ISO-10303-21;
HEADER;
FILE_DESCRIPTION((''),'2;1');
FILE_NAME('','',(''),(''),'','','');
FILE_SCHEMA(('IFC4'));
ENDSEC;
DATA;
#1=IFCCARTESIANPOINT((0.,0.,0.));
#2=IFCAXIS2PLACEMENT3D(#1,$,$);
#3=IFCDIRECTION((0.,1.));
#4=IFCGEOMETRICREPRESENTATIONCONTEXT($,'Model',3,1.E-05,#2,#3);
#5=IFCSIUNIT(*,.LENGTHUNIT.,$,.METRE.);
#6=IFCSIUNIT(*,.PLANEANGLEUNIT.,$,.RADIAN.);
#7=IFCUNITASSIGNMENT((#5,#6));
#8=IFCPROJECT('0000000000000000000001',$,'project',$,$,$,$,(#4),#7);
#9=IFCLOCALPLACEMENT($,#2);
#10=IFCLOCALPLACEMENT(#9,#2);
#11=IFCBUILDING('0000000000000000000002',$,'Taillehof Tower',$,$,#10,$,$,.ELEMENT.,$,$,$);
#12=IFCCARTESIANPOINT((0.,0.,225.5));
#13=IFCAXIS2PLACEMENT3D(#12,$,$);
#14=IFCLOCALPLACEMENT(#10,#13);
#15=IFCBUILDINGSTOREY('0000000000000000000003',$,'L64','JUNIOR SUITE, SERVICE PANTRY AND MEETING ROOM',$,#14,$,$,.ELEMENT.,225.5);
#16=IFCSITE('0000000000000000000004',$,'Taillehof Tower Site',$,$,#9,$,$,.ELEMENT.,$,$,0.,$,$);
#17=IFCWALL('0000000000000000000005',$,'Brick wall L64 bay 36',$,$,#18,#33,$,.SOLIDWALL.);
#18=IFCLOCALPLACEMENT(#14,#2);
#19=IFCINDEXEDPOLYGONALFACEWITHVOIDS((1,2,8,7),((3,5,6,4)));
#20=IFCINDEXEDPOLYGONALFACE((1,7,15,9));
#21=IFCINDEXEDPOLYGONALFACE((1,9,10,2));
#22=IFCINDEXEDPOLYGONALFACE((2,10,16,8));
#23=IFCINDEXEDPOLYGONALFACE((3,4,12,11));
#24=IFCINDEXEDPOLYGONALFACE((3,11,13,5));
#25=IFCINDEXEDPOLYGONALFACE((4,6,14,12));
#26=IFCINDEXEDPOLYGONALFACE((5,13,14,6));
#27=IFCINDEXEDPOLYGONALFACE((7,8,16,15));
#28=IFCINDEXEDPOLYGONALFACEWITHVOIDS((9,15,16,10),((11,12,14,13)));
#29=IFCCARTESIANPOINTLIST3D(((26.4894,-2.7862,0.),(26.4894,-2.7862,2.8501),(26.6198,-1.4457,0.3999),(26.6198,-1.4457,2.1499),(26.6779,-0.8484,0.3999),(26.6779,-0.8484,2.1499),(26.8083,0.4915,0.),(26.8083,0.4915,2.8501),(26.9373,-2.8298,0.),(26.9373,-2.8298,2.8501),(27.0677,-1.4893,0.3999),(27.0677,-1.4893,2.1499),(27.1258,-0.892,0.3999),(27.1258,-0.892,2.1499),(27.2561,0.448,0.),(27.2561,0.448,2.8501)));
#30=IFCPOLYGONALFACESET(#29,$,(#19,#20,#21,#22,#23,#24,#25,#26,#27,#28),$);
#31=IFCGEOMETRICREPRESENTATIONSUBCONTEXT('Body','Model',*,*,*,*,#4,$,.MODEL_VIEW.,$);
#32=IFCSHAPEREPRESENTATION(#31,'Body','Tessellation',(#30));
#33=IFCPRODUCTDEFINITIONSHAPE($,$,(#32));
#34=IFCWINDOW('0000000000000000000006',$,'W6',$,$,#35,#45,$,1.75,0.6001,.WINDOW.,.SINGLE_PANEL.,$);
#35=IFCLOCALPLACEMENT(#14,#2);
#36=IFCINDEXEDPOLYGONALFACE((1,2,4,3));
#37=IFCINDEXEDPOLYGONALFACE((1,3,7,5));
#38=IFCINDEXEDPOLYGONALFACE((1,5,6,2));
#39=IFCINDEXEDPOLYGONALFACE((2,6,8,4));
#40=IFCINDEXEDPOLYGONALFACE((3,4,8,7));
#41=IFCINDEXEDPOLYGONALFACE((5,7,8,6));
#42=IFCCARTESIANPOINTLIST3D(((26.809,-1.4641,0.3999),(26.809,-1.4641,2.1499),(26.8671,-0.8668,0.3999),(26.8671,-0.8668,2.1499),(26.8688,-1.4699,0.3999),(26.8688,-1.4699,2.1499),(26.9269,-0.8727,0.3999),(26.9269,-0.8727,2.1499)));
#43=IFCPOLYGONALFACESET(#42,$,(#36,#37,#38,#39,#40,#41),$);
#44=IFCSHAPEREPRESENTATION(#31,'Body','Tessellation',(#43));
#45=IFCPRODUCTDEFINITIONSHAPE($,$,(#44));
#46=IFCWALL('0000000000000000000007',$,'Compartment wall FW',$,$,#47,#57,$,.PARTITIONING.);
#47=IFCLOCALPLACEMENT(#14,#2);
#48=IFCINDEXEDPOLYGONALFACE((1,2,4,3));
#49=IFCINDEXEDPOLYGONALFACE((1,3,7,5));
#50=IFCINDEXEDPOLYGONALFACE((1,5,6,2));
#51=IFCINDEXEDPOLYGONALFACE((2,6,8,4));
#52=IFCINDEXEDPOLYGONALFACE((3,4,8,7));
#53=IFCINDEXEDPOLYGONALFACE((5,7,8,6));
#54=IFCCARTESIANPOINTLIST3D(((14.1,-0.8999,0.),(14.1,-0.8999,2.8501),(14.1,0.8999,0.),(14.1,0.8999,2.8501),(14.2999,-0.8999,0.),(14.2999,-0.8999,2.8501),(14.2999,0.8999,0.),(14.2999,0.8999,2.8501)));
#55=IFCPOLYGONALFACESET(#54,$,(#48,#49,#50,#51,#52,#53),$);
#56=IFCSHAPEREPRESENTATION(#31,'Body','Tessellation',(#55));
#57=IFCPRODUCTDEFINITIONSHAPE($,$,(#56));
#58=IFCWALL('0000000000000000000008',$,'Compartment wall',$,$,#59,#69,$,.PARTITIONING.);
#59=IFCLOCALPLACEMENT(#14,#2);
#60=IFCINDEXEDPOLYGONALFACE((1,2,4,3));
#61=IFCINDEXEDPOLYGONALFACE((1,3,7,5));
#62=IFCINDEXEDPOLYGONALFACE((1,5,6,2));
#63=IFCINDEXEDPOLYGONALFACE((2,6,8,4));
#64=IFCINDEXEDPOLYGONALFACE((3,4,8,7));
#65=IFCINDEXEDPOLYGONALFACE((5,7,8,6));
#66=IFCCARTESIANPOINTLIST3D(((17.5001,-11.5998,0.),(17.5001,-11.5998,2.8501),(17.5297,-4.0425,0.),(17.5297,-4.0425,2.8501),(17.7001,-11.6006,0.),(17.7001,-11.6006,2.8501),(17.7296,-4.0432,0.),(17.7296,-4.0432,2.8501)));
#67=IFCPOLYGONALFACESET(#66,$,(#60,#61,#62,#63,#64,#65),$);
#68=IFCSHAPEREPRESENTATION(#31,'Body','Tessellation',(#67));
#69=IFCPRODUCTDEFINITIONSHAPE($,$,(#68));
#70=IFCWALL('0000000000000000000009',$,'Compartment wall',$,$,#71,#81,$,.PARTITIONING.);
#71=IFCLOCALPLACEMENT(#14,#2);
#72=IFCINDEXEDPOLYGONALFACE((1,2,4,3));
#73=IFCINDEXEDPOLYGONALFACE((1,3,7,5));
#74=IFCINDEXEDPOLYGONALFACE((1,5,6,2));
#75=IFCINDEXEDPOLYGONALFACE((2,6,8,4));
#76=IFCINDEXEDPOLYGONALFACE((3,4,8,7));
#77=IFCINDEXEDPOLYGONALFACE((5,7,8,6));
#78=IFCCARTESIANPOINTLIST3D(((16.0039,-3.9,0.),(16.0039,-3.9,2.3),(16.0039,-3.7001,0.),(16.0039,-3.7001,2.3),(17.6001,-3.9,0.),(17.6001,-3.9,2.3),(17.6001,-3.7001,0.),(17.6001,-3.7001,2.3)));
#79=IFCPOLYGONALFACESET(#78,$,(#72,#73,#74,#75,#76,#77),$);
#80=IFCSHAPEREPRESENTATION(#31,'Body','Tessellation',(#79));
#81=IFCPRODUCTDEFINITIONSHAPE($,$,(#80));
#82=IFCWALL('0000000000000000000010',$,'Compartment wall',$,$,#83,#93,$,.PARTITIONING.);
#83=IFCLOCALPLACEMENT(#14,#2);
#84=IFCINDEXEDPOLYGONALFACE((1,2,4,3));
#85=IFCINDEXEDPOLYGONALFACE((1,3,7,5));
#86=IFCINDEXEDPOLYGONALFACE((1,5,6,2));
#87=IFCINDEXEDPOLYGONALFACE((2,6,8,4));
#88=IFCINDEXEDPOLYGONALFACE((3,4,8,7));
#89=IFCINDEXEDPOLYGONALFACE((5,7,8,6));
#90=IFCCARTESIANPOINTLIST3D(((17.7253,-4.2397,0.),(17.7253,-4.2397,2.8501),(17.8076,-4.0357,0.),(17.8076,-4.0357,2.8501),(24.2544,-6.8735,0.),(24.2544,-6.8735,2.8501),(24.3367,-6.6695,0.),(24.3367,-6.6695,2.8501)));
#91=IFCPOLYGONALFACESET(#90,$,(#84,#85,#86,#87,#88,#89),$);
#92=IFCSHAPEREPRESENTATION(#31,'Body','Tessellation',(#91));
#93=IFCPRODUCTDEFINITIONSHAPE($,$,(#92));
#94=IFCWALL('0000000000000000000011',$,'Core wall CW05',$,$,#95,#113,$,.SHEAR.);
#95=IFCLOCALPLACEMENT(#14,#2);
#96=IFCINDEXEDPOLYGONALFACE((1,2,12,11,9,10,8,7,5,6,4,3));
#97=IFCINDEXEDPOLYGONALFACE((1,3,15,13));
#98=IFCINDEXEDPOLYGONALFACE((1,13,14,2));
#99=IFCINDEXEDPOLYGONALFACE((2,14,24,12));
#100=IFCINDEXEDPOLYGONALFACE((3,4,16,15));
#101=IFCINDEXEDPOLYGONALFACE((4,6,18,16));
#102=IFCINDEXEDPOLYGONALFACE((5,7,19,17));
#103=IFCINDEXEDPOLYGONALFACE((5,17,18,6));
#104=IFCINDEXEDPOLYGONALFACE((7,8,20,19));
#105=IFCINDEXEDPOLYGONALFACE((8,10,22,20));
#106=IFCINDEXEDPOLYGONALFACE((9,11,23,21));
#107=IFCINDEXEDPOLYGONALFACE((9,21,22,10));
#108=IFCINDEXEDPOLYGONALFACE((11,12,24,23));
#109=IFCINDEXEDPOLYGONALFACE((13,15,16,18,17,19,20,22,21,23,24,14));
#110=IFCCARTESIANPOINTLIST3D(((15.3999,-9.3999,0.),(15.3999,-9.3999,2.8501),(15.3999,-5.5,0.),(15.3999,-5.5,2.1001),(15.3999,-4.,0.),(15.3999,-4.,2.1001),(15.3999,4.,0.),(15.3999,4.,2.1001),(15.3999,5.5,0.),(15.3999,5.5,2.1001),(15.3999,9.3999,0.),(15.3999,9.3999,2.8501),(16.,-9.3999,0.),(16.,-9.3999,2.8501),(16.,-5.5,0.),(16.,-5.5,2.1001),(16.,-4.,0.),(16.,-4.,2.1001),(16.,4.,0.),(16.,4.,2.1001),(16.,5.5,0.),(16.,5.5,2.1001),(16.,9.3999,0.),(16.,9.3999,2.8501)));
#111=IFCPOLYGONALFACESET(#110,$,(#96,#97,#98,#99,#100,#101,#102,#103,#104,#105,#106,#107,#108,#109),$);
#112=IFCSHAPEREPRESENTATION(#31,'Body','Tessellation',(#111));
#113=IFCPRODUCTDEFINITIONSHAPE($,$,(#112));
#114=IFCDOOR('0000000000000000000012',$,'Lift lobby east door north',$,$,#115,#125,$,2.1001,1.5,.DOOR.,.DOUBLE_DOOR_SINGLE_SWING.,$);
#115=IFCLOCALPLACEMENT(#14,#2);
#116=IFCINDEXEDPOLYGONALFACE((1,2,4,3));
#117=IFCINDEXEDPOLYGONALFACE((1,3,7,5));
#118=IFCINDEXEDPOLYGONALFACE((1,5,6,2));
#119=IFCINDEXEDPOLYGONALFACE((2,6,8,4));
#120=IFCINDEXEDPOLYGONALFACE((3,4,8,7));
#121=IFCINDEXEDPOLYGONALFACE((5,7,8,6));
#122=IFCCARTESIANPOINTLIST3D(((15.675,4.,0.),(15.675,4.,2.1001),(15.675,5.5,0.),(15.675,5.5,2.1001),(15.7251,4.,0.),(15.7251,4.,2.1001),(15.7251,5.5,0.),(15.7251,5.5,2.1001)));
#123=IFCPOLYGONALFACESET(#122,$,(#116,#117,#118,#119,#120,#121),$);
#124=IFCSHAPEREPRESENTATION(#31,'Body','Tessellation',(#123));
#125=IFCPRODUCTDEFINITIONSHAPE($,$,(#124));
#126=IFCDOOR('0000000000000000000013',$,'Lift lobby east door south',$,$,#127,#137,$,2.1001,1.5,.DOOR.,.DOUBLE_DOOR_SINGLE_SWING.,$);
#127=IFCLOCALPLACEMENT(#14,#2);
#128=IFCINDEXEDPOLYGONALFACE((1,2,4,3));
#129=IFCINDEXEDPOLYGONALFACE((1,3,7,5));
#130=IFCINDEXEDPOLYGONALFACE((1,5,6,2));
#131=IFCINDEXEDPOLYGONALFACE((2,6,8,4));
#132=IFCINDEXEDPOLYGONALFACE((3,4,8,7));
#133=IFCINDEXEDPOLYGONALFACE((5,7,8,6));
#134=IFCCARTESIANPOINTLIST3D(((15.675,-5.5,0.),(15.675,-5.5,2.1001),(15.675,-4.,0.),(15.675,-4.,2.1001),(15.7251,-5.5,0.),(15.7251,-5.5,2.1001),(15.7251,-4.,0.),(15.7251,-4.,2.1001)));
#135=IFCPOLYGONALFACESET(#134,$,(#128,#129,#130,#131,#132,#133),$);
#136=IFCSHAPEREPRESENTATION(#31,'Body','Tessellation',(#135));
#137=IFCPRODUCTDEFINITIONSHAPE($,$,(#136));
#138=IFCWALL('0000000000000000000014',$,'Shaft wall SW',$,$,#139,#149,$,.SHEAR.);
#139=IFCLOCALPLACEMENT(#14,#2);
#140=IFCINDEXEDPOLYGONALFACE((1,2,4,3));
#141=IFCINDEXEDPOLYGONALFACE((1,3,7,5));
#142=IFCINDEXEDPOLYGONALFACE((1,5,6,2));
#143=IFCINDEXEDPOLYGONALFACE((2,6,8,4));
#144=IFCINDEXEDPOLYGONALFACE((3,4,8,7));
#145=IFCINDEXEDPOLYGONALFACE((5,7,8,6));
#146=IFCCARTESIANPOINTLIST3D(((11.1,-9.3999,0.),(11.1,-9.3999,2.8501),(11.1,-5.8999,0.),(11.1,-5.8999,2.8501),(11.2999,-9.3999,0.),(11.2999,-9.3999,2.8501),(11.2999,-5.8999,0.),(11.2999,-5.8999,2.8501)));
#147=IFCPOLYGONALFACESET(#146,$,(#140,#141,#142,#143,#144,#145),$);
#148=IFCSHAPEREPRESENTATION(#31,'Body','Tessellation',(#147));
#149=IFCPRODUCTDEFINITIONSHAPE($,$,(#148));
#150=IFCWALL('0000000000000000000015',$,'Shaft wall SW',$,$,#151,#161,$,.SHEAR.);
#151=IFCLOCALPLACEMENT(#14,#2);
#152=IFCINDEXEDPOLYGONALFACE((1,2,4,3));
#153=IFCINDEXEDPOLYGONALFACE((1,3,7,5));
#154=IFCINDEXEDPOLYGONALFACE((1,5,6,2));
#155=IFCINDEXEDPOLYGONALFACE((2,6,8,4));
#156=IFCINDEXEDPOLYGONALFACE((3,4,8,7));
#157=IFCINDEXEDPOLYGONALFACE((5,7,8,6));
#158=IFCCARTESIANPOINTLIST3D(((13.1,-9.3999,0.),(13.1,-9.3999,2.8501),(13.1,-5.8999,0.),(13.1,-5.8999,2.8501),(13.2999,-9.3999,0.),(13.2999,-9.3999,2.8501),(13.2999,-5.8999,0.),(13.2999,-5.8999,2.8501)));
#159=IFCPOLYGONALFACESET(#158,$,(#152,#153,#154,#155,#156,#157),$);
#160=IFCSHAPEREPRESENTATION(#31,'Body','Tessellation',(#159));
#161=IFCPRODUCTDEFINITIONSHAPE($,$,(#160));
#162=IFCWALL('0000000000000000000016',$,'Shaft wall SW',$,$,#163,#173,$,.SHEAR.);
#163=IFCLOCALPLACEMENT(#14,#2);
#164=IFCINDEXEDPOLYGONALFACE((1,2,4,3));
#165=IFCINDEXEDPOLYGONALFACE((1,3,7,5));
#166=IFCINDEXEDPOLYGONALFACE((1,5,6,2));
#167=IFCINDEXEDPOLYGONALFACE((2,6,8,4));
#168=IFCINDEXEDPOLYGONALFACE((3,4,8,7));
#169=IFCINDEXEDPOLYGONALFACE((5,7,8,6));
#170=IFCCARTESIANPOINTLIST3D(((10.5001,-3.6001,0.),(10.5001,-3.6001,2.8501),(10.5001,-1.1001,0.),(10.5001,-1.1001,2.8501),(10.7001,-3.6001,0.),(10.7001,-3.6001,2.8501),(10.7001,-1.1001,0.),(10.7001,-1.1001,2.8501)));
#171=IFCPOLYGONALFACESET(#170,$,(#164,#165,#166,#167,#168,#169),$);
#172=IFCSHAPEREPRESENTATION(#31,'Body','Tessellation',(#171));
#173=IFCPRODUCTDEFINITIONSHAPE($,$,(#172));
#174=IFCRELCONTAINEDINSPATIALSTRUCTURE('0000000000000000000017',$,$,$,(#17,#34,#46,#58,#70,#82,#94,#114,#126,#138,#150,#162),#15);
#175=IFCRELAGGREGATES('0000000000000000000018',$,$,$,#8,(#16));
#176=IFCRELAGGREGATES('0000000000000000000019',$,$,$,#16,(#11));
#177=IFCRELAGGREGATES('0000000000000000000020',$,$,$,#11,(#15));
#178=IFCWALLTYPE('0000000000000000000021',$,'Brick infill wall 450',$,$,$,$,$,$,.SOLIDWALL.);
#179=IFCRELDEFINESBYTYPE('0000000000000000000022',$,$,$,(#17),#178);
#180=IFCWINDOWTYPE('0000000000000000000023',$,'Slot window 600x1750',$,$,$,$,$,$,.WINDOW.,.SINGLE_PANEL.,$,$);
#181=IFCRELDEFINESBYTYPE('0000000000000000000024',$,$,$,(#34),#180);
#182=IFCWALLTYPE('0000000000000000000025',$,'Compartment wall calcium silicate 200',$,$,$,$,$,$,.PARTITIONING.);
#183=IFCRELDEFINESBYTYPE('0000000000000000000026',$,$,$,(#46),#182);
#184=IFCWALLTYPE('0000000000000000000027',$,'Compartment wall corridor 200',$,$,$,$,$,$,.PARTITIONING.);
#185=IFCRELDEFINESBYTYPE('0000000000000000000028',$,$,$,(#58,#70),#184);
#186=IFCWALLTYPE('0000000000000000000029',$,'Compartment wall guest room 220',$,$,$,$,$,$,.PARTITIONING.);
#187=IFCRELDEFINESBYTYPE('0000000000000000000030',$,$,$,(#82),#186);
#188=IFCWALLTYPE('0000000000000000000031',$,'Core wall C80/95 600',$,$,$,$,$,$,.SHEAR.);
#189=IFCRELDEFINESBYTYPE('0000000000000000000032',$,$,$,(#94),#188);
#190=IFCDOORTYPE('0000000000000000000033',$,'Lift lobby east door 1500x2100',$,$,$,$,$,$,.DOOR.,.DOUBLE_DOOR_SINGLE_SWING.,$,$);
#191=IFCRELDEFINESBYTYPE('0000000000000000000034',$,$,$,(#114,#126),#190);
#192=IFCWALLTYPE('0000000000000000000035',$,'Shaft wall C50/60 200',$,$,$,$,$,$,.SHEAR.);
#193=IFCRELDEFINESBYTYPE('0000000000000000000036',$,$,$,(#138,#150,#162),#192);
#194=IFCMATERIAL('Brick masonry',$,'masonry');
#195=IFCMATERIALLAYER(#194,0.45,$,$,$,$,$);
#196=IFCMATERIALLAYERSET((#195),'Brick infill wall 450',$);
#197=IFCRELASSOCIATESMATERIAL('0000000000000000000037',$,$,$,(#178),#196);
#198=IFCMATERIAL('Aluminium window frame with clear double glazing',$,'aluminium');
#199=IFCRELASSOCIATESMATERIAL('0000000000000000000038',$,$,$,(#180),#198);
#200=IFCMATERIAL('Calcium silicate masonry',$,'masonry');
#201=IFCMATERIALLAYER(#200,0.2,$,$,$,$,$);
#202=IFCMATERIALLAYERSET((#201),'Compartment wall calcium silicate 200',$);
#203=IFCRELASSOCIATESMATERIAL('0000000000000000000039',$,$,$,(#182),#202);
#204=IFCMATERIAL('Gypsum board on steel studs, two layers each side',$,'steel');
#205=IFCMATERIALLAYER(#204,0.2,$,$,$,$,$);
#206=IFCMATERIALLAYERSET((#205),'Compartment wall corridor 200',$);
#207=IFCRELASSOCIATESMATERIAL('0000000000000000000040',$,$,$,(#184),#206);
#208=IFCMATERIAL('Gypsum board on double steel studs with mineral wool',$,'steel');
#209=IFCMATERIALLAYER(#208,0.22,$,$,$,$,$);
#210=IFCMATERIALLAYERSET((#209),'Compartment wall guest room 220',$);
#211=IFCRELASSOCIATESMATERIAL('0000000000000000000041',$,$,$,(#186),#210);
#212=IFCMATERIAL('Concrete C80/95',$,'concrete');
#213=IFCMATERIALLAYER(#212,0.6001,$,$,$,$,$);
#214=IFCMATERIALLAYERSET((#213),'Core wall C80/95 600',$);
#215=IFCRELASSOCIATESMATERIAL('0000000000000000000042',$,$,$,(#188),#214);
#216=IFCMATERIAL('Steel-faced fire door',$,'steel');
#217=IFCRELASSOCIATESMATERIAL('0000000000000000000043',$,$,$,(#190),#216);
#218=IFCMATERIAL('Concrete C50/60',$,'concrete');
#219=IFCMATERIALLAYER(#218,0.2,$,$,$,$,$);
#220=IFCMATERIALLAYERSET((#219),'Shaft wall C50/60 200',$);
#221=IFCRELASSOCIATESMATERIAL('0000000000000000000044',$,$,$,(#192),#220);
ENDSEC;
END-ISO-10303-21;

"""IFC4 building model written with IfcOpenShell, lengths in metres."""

from ifc_helpers import new_model, si_unit, direction, frame, frame_2d, origin, place, context, subcontext, project, spatial, rectangle, extrude, material, layer, layer_set, type_object, element, fill, save


model = new_model("IFC4")

# Units and contexts
model_context = context("Model", 3, precision=1e-05, world=origin(), true_north=direction((0.0, 1.0)))
body_context = subcontext(model_context, "Body", "Model", "MODEL_VIEW")
ifc_project = project(units=[si_unit("LENGTHUNIT", "METRE"), si_unit("PLANEANGLEUNIT", "RADIAN")], contexts=[model_context])

# Site, building, storey
site_placement = place(None, origin())
site = spatial("IfcSite", under=ifc_project, at=site_placement, Name="Taillehof Tower Site", CompositionType="ELEMENT", RefElevation=0.0)
building_placement = place(site_placement, origin())
building = spatial("IfcBuilding", under=site, at=building_placement, Name="Taillehof Tower", CompositionType="ELEMENT")
storey_placement = place(building_placement, frame((0.0, 0.0, 225.5)))
storey = spatial("IfcBuildingStorey", under=building, at=storey_placement, Name="L64", Description="JUNIOR SUITE, SERVICE PANTRY AND MEETING ROOM", CompositionType="ELEMENT", Elevation=225.5)

# Shared definitions
ifc_material_1 = material(Name="Brick masonry", Category="masonry")
ifc_layer_1 = layer(ifc_material_1, 0.45)
ifc_layer_set_1 = layer_set([ifc_layer_1], Name="Brick infill wall 450")
wall_type_1 = type_object("IfcWallType", Name="Brick infill wall 450", PredefinedType="SOLIDWALL", material=ifc_layer_set_1)
ifc_material_2 = material(Name="Aluminium window frame with clear double glazing", Category="aluminium")
window_type = type_object("IfcWindowType", Name="Slot window 600x1750", PartitioningType="SINGLE_PANEL", PredefinedType="WINDOW", material=ifc_material_2)

# Wall, opening, window
wall_1_placement = place(storey_placement, frame((26.7134, -2.8079, 0.0), z_axis=(0.0, 0.0, 1.0), x_axis=(0.096817, 0.995302, 0.0)))
wall_1 = element("IfcWall", 1, at=wall_1_placement, inside=storey, type_object=wall_type_1, Name="Brick wall L64 bay 36", PredefinedType="SOLIDWALL", context=body_context, shape_type="SweptSolid", body=[
    extrude(rectangle(XDim=3.2932, YDim=0.45, at=frame_2d((1.6465, 0.0))), origin(), (0.0, 0.0, 1.0), 2.8501),
])
opening_1_placement = place(wall_1_placement, frame((1.3467, 0.0, 0.3999)))
opening_1 = element("IfcOpeningElement", 2, at=opening_1_placement, cuts=wall_1, PredefinedType="OPENING", context=body_context, shape_type="SweptSolid", body=[
    extrude(rectangle(XDim=0.6001, YDim=1.75, at=frame_2d((0.3, 0.875))), frame((0.0, 0.2349, 0.0), z_axis=(0.0, -1.0, 0.0), x_axis=(1.0, 0.0, 0.0)), (0.0, 0.0, 1.0), 0.47),
])
window_1_placement = place(opening_1_placement, origin())
window_1 = element("IfcWindow", 3, at=window_1_placement, inside=storey, type_object=window_type, Name="W6", OverallHeight=1.75, OverallWidth=0.6001, PartitioningType="SINGLE_PANEL", PredefinedType="WINDOW", context=body_context, shape_type="SweptSolid", body=[
    extrude(rectangle(XDim=0.6001, YDim=1.75, at=frame_2d((0.3, 0.875))), frame((0.0, 0.0349, 0.0), z_axis=(0.0, -1.0, 0.0), x_axis=(1.0, 0.0, 0.0)), (0.0, 0.0, 1.0), 0.0601),
])
fill(opening_1, window_1)

# Walls
ifc_material_3 = material(Name="Calcium silicate masonry", Category="masonry")
ifc_layer_2 = layer(ifc_material_3, 0.2)
ifc_layer_set_2 = layer_set([ifc_layer_2], Name="Compartment wall calcium silicate 200")
wall_type_2 = type_object("IfcWallType", Name="Compartment wall calcium silicate 200", PredefinedType="PARTITIONING", material=ifc_layer_set_2)
wall_2_placement = place(storey_placement, frame((14.2, -0.8999, 0.0), z_axis=(0.0, 0.0, 1.0), x_axis=(0.0, 1.0, 0.0)))
element("IfcWall", 4, at=wall_2_placement, inside=storey, type_object=wall_type_2, Name="Compartment wall FW", PredefinedType="PARTITIONING", context=body_context, shape_type="SweptSolid", body=[
    extrude(rectangle(XDim=1.7998, YDim=0.2, at=frame_2d((0.8999, 0.0))), origin(), (0.0, 0.0, 1.0), 2.8501),
])
ifc_material_4 = material(Name="Gypsum board on steel studs, two layers each side", Category="steel")
ifc_layer_3 = layer(ifc_material_4, 0.2)
ifc_layer_set_3 = layer_set([ifc_layer_3], Name="Compartment wall corridor 200")
wall_type_3 = type_object("IfcWallType", Name="Compartment wall corridor 200", PredefinedType="PARTITIONING", material=ifc_layer_set_3)
wall_3_placement = place(storey_placement, frame((17.6296, -4.0427, 0.0), z_axis=(0.0, 0.0, 1.0), x_axis=(-0.003909, -0.999992, 0.0)))
element("IfcWall", 5, at=wall_3_placement, inside=storey, type_object=wall_type_3, Name="Compartment wall", PredefinedType="PARTITIONING", context=body_context, shape_type="SweptSolid", body=[
    extrude(rectangle(XDim=7.5574, YDim=0.2, at=frame_2d((3.7788, 0.0))), origin(), (0.0, 0.0, 1.0), 2.8501),
])
wall_4_placement = place(storey_placement, frame((16.0039, -3.8, 0.0), z_axis=(0.0, 0.0, 1.0), x_axis=(1.0, 0.0, 0.0)))
element("IfcWall", 6, at=wall_4_placement, inside=storey, type_object=wall_type_3, Name="Compartment wall", PredefinedType="PARTITIONING", context=body_context, shape_type="SweptSolid", body=[
    extrude(rectangle(XDim=1.5962, YDim=0.2, at=frame_2d((0.7981, 0.0))), origin(), (0.0, 0.0, 1.0), 2.3),
])
ifc_material_5 = material(Name="Gypsum board on double steel studs with mineral wool", Category="steel")
ifc_layer_4 = layer(ifc_material_5, 0.22)
ifc_layer_set_4 = layer_set([ifc_layer_4], Name="Compartment wall guest room 220")
wall_type_4 = type_object("IfcWallType", Name="Compartment wall guest room 220", PredefinedType="PARTITIONING", material=ifc_layer_set_4)
wall_5_placement = place(storey_placement, frame((24.2954, -6.7715, 0.0), z_axis=(0.0, 0.0, 1.0), x_axis=(-0.927387, 0.374104, 0.0)))
element("IfcWall", 7, at=wall_5_placement, inside=storey, type_object=wall_type_4, Name="Compartment wall", PredefinedType="PARTITIONING", context=body_context, shape_type="SweptSolid", body=[
    extrude(rectangle(XDim=7.0403, YDim=0.22, at=frame_2d((3.52, 0.0))), origin(), (0.0, 0.0, 1.0), 2.8501),
])

# Wall, openings, doors
ifc_material_6 = material(Name="Concrete C80/95", Category="concrete")
ifc_layer_5 = layer(ifc_material_6, 0.6001)
ifc_layer_set_5 = layer_set([ifc_layer_5], Name="Core wall C80/95 600")
wall_type_5 = type_object("IfcWallType", Name="Core wall C80/95 600", PredefinedType="SHEAR", material=ifc_layer_set_5)
wall_6_placement = place(storey_placement, frame((15.7, -9.3999, 0.0), z_axis=(0.0, 0.0, 1.0), x_axis=(0.0, 1.0, 0.0)))
wall_6 = element("IfcWall", 8, at=wall_6_placement, inside=storey, type_object=wall_type_5, Name="Core wall CW05", PredefinedType="SHEAR", context=body_context, shape_type="SweptSolid", body=[
    extrude(rectangle(XDim=18.7998, YDim=0.6001, at=frame_2d((9.3999, 0.0))), origin(), (0.0, 0.0, 1.0), 2.8501),
])
opening_2_placement = place(wall_6_placement, frame((13.3999, 0.0, 0.0)))
opening_2 = element("IfcOpeningElement", 9, at=opening_2_placement, cuts=wall_6, PredefinedType="OPENING", context=body_context, shape_type="SweptSolid", body=[
    extrude(rectangle(XDim=1.5, YDim=2.1001, at=frame_2d((0.75, 1.05))), frame((0.0, 0.3101, 0.0), z_axis=(0.0, -1.0, 0.0), x_axis=(1.0, 0.0, 0.0)), (0.0, 0.0, 1.0), 0.6201),
])
opening_3_placement = place(wall_6_placement, frame((3.8999, 0.0, 0.0)))
opening_3 = element("IfcOpeningElement", 10, at=opening_3_placement, cuts=wall_6, PredefinedType="OPENING", context=body_context, shape_type="SweptSolid", body=[
    extrude(rectangle(XDim=1.5, YDim=2.1001, at=frame_2d((0.75, 1.05))), frame((0.0, 0.3101, 0.0), z_axis=(0.0, -1.0, 0.0), x_axis=(1.0, 0.0, 0.0)), (0.0, 0.0, 1.0), 0.6201),
])
ifc_material_7 = material(Name="Steel-faced fire door", Category="steel")
door_type = type_object("IfcDoorType", Name="Lift lobby east door 1500x2100", OperationType="DOUBLE_DOOR_SINGLE_SWING", PredefinedType="DOOR", material=ifc_material_7)
door_1_placement = place(opening_2_placement, origin())
door_1 = element("IfcDoor", 11, at=door_1_placement, inside=storey, type_object=door_type, Name="Lift lobby east door north", OperationType="DOUBLE_DOOR_SINGLE_SWING", OverallHeight=2.1001, OverallWidth=1.5, PredefinedType="DOOR", context=body_context, shape_type="SweptSolid", body=[
    extrude(rectangle(XDim=1.5, YDim=2.1001, at=frame_2d((0.75, 1.05))), frame((0.0, 0.0249, 0.0), z_axis=(0.0, -1.0, 0.0), x_axis=(1.0, 0.0, 0.0)), (0.0, 0.0, 1.0), 0.05),
])
fill(opening_2, door_1)
door_2_placement = place(opening_3_placement, origin())
door_2 = element("IfcDoor", 12, at=door_2_placement, inside=storey, type_object=door_type, Name="Lift lobby east door south", OperationType="DOUBLE_DOOR_SINGLE_SWING", OverallHeight=2.1001, OverallWidth=1.5, PredefinedType="DOOR", context=body_context, shape_type="SweptSolid", body=[
    extrude(rectangle(XDim=1.5, YDim=2.1001, at=frame_2d((0.75, 1.05))), frame((0.0, 0.0249, 0.0), z_axis=(0.0, -1.0, 0.0), x_axis=(1.0, 0.0, 0.0)), (0.0, 0.0, 1.0), 0.05),
])
fill(opening_3, door_2)

# Walls
ifc_material_8 = material(Name="Concrete C50/60", Category="concrete")
ifc_layer_6 = layer(ifc_material_8, 0.2)
ifc_layer_set_6 = layer_set([ifc_layer_6], Name="Shaft wall C50/60 200")
wall_type_6 = type_object("IfcWallType", Name="Shaft wall C50/60 200", PredefinedType="SHEAR", material=ifc_layer_set_6)
for number, where, z_axis, x_axis, name in (
    (13, (11.2, -9.3999, 0.0), (0.0, 0.0, 1.0), (0.0, 1.0, 0.0), "Shaft wall SW"),
    (14, (13.2, -9.3999, 0.0), (0.0, 0.0, 1.0), (0.0, 1.0, 0.0), "Shaft wall SW"),
):
    element("IfcWall", number, at=place(storey_placement, frame(where, z_axis=z_axis, x_axis=x_axis)), inside=storey, type_object=wall_type_6, Name=name, PredefinedType="SHEAR", context=body_context, shape_type="SweptSolid", body=[
        extrude(rectangle(XDim=3.5, YDim=0.2, at=frame_2d((1.75, 0.0))), origin(), (0.0, 0.0, 1.0), 2.8501),
    ])
for number, where, z_axis, x_axis, name in (
    (15, (10.6001, -3.6001, 0.0), (0.0, 0.0, 1.0), (0.0, 1.0, 0.0), "Shaft wall SW"),
):
    element("IfcWall", number, at=place(storey_placement, frame(where, z_axis=z_axis, x_axis=x_axis)), inside=storey, type_object=wall_type_6, Name=name, PredefinedType="SHEAR", context=body_context, shape_type="SweptSolid", body=[
        extrude(rectangle(XDim=2.5, YDim=0.2, at=frame_2d((1.25, 0.0))), origin(), (0.0, 0.0, 1.0), 2.8501),
    ])

save(model, "model.ifc")
